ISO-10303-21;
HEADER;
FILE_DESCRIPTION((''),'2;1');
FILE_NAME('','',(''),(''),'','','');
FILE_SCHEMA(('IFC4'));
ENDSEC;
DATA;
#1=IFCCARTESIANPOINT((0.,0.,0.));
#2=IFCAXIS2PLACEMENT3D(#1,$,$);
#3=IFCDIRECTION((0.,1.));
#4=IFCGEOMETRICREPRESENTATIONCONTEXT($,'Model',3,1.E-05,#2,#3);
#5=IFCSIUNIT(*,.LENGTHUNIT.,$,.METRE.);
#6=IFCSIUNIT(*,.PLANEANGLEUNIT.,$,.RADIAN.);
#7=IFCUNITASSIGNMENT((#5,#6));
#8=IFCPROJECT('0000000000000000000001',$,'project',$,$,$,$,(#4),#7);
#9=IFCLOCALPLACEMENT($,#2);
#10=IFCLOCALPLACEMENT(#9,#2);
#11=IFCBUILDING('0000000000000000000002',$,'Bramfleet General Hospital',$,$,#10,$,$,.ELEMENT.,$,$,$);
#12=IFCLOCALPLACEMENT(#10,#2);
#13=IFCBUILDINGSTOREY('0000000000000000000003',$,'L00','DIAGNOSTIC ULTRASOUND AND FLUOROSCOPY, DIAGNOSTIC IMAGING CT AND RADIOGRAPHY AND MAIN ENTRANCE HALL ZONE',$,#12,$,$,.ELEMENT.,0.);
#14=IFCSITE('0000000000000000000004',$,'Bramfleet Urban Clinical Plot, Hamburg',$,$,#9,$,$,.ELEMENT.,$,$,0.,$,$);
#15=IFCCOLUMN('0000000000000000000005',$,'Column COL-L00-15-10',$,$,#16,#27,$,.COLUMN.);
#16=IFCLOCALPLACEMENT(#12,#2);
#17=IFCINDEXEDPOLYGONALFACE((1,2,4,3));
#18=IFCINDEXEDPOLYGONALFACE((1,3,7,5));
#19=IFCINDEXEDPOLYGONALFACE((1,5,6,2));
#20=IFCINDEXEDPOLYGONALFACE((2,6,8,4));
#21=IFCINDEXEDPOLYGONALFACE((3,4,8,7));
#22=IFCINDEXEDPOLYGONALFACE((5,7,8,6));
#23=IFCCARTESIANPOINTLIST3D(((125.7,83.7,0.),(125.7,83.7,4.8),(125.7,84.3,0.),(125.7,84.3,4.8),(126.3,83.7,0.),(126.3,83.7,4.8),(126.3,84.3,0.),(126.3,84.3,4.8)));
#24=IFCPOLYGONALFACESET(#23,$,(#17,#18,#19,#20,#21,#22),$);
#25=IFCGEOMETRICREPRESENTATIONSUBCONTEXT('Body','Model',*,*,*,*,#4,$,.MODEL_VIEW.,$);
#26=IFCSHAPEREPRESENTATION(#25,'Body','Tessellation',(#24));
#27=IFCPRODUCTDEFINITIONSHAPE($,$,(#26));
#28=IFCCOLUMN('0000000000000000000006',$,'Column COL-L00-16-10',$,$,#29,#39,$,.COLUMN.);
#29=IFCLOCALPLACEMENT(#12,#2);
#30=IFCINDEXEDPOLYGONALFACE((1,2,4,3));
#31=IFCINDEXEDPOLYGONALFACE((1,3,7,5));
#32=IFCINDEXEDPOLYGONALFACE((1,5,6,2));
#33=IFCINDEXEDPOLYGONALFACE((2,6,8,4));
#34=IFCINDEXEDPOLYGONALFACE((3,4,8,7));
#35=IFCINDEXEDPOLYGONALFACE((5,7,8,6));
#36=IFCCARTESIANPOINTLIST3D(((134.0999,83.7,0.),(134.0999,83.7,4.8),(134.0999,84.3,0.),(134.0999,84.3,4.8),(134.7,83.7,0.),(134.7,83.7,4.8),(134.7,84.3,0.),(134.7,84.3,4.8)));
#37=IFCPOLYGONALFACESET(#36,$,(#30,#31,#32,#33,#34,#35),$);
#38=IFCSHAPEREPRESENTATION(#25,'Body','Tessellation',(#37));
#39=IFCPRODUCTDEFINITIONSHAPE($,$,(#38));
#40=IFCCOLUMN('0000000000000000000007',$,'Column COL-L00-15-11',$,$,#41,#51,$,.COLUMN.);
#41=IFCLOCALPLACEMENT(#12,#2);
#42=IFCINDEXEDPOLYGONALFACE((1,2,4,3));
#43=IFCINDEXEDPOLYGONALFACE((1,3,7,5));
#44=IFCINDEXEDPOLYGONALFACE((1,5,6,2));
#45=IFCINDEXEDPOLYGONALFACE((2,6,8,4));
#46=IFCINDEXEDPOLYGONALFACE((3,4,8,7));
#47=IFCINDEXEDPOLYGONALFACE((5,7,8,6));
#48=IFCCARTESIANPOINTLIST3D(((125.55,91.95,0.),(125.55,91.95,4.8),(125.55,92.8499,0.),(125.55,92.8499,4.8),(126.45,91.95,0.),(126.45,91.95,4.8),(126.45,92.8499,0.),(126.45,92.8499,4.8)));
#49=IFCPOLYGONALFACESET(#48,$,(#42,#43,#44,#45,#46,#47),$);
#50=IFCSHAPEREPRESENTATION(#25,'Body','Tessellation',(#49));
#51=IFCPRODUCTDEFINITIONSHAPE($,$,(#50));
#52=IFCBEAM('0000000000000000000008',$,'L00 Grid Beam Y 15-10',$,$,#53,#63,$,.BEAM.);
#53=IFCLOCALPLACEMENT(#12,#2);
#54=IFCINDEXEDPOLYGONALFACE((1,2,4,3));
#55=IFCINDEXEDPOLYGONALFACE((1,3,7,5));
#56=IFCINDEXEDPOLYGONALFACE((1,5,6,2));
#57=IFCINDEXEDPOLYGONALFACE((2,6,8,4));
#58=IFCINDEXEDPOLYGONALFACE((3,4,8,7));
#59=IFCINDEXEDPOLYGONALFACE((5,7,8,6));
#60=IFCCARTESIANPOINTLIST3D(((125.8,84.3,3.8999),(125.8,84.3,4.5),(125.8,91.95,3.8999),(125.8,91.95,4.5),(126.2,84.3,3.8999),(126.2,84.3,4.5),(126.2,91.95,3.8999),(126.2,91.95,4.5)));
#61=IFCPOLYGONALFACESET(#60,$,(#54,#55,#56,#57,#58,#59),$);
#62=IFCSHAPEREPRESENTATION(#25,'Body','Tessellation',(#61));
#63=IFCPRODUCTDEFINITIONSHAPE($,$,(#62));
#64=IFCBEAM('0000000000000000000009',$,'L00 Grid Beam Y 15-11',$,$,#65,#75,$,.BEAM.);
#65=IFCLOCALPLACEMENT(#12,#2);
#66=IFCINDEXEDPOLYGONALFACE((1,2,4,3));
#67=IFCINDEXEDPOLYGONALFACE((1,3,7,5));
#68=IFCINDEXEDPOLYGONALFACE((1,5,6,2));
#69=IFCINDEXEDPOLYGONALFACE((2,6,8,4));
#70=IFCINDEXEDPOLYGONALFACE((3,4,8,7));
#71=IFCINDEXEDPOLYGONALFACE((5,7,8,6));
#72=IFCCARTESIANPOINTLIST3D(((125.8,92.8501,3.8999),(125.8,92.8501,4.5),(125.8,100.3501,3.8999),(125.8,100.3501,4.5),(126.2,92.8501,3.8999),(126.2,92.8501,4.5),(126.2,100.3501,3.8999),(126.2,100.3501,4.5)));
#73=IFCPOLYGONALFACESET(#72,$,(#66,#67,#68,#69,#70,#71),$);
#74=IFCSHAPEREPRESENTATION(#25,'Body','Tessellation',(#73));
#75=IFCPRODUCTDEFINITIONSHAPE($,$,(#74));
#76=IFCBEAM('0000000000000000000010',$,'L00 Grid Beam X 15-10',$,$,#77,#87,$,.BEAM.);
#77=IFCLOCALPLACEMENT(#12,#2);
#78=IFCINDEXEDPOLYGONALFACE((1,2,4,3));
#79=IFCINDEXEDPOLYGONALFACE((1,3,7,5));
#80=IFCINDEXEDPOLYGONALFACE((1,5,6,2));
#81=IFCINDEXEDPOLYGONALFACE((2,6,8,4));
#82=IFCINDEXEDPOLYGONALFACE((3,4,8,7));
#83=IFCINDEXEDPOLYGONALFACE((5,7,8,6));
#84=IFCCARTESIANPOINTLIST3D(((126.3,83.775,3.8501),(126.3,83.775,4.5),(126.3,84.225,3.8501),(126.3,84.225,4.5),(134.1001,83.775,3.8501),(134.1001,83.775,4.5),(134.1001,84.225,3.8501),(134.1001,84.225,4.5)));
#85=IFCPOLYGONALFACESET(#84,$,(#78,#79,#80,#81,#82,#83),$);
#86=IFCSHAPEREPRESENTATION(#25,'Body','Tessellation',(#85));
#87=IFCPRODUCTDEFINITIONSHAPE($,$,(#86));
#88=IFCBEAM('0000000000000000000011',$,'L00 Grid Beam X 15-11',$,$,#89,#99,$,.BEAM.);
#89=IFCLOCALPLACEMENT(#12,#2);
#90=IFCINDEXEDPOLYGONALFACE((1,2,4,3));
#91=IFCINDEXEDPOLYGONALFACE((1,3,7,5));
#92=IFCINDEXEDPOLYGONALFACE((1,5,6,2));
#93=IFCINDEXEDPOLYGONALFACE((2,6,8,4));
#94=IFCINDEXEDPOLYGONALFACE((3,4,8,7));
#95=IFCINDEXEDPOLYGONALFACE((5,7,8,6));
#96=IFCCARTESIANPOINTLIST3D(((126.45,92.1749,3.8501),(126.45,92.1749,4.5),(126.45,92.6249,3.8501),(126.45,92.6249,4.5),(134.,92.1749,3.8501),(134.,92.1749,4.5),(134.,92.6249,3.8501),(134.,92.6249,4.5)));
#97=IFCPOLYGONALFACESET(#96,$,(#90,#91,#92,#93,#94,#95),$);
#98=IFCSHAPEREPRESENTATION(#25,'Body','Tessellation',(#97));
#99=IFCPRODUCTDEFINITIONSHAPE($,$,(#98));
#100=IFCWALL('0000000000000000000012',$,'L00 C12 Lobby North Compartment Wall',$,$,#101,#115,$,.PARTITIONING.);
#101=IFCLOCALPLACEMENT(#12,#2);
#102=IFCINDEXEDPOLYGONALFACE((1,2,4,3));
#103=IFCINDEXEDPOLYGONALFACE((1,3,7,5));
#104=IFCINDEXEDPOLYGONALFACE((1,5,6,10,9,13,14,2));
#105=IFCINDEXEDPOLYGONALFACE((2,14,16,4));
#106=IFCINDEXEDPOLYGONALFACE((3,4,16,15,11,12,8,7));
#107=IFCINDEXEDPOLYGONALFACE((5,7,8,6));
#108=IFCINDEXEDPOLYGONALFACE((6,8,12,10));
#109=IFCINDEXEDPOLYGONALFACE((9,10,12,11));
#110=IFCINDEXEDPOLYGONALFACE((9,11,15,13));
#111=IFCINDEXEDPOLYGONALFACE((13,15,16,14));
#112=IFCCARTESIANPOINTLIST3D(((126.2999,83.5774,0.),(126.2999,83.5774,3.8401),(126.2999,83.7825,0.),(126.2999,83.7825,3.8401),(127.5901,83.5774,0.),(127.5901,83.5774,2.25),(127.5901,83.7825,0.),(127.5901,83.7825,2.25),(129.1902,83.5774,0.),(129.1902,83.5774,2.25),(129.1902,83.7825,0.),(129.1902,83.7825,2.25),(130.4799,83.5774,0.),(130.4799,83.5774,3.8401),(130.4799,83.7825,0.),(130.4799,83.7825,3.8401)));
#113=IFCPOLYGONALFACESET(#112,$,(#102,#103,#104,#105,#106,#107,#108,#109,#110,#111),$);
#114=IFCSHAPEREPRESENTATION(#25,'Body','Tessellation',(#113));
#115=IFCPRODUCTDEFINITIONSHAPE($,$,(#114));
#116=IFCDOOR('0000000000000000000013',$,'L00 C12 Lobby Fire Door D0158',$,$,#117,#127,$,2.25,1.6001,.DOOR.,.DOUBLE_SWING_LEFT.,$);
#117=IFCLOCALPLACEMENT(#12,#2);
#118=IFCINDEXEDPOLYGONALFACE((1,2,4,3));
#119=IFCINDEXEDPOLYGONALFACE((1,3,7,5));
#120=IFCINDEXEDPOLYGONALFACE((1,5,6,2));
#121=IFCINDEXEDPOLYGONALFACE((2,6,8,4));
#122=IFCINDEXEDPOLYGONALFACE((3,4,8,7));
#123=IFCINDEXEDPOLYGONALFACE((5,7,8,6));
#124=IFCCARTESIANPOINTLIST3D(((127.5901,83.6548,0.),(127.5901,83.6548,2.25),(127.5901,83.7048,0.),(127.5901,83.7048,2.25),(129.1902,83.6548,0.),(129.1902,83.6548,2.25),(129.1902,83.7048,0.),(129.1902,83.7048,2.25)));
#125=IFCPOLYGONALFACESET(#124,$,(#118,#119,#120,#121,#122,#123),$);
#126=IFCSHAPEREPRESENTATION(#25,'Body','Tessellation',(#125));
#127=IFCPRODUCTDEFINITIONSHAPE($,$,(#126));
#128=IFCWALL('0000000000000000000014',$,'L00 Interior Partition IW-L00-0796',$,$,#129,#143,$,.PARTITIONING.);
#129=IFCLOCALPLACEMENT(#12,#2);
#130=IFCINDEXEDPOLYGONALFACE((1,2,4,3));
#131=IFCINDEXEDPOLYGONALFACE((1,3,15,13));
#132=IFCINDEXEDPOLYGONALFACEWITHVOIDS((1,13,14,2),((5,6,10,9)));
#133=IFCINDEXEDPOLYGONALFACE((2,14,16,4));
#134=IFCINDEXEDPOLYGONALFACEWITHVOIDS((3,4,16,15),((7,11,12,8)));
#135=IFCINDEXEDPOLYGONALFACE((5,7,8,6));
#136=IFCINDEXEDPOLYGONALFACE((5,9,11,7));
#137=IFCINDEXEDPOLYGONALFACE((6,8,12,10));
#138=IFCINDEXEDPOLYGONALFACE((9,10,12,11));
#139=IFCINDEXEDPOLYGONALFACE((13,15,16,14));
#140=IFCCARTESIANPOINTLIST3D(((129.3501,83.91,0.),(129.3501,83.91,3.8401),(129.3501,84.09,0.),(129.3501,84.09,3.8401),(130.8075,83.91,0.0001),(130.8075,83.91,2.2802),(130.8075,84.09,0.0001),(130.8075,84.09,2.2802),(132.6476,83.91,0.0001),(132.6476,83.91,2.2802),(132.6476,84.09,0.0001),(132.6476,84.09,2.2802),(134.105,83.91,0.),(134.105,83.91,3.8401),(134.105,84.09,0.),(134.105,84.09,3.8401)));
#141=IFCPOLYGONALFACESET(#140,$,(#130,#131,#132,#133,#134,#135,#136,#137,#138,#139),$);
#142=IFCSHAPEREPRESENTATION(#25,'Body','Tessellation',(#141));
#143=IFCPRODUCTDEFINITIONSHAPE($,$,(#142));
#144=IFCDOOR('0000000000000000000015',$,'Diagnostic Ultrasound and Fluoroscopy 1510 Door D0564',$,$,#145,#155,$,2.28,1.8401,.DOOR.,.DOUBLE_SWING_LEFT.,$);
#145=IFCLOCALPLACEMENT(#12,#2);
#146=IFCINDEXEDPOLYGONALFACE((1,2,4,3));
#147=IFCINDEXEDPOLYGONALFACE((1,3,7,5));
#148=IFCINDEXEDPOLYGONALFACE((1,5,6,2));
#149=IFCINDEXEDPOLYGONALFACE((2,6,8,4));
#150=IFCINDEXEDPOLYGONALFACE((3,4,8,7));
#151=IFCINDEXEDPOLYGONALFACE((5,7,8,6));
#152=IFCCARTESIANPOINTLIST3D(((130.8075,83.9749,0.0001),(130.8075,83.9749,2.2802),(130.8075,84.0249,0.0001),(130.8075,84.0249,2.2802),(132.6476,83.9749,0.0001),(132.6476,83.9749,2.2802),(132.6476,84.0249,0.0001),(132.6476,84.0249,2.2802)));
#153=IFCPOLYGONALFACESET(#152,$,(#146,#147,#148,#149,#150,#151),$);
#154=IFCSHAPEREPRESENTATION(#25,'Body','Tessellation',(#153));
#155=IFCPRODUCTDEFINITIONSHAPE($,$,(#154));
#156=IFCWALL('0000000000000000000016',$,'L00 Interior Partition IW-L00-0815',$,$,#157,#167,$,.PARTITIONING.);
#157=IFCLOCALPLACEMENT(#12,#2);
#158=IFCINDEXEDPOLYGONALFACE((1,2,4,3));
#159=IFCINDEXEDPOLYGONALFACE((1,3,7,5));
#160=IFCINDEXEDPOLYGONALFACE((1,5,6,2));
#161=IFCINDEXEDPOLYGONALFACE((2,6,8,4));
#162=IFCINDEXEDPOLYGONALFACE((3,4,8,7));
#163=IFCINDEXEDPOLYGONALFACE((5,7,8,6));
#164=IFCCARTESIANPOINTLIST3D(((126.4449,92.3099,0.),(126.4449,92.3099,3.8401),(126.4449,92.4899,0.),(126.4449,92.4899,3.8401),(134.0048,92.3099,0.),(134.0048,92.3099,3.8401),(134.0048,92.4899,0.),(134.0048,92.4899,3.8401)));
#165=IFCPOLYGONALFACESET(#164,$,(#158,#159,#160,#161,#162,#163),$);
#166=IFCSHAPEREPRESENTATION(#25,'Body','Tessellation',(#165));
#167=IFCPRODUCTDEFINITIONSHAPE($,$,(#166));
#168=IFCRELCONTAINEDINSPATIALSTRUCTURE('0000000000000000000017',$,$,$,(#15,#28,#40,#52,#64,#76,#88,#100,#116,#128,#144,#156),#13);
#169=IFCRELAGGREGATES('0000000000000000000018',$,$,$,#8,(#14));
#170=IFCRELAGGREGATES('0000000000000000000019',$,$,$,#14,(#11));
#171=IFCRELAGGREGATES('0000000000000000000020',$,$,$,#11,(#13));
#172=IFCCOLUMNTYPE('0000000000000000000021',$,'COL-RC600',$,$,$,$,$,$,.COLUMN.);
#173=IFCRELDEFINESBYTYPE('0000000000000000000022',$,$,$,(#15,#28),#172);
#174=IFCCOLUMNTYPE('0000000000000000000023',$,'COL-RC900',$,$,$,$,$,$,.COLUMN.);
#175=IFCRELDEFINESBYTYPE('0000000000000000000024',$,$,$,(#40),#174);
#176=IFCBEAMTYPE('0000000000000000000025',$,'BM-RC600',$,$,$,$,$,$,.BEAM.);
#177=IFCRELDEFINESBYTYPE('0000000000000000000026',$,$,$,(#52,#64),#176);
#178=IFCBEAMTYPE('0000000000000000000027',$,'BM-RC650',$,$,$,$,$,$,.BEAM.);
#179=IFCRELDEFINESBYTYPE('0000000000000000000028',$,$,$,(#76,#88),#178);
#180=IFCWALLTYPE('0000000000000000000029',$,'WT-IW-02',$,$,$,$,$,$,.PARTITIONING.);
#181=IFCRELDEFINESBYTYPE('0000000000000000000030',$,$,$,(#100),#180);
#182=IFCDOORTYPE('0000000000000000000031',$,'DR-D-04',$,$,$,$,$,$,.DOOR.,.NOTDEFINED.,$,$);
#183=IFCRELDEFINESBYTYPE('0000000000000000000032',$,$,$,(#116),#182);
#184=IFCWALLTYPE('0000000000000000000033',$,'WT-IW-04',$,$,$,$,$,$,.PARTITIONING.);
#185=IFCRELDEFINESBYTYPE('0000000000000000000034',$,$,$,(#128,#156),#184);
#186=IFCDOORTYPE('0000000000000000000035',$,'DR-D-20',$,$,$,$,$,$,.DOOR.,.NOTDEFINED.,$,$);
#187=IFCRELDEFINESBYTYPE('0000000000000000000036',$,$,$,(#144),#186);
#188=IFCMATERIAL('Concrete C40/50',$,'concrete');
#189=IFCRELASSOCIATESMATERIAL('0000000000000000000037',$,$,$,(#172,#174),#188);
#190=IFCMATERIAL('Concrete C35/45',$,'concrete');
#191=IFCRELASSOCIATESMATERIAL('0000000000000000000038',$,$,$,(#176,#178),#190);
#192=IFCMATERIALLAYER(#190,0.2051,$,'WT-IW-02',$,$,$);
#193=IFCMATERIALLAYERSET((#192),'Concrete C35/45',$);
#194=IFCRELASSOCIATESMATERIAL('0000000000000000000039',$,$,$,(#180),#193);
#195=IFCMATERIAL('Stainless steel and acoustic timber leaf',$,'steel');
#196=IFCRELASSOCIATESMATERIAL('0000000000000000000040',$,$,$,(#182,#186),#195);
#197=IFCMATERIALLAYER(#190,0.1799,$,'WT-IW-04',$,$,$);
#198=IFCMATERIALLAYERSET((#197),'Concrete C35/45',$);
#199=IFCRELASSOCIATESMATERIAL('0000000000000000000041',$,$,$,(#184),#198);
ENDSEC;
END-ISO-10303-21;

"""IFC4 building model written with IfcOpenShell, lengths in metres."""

from ifc_helpers import new_model, si_unit, direction, frame, frame_2d, origin, origin_2d, place, context, subcontext, project, spatial, rectangle, extrude, material, layer, layer_set, material_profile, profile_set, type_object, element, fill, save


model = new_model("IFC4")

# Units and contexts
model_context = context("Model", 3, precision=1e-05, world=origin(), true_north=direction((0.0, 1.0)))
body_context = subcontext(model_context, "Body", "Model", "MODEL_VIEW")
ifc_project = project(units=[si_unit("LENGTHUNIT", "METRE"), si_unit("PLANEANGLEUNIT", "RADIAN")], contexts=[model_context])

# Site, building, storey
site_placement = place(None, origin())
site = spatial("IfcSite", under=ifc_project, at=site_placement, Name="Bramfleet Urban Clinical Plot, Hamburg", CompositionType="ELEMENT", RefElevation=0.0)
building_placement = place(site_placement, origin())
building = spatial("IfcBuilding", under=site, at=building_placement, Name="Bramfleet General Hospital", CompositionType="ELEMENT")
storey_placement = place(building_placement, origin())
storey = spatial("IfcBuildingStorey", under=building, at=storey_placement, Name="L00", Description="DIAGNOSTIC ULTRASOUND AND FLUOROSCOPY, DIAGNOSTIC IMAGING CT AND RADIOGRAPHY AND MAIN ENTRANCE HALL ZONE", CompositionType="ELEMENT", Elevation=0.0)

# Columns
ifc_material_1 = material(Name="Concrete C40/50", Category="concrete")
ifc_material_profile_1 = material_profile(ifc_material_1, rectangle(XDim=0.6001, YDim=0.6001, at=origin_2d()), Name="RC COL 600x600")
ifc_profile_set_1 = profile_set([ifc_material_profile_1], Name="Concrete C40/50")
column_type_1 = type_object("IfcColumnType", Name="COL-RC600", PredefinedType="COLUMN", material=ifc_profile_set_1)
for number, where, z_axis, x_axis, name in (
    (1, (126.0, 84.0, 0.0), (0.0, 0.0, 1.0), (1.0, 0.0, 0.0), "Column COL-L00-15-10"),
    (2, (134.3999, 84.0, 0.0), (0.0, 0.0, 1.0), (1.0, 0.0, 0.0), "Column COL-L00-16-10"),
):
    element("IfcColumn", number, at=place(storey_placement, frame(where, z_axis=z_axis, x_axis=x_axis)), inside=storey, type_object=column_type_1, Name=name, PredefinedType="COLUMN", context=body_context, shape_type="SweptSolid", body=[
        extrude(rectangle(XDim=0.6001, YDim=0.6001, at=origin_2d()), origin(), (0.0, 0.0, 1.0), 4.8),
    ])
ifc_material_profile_2 = material_profile(ifc_material_1, rectangle(XDim=0.8999, YDim=0.8999, at=origin_2d()), Name="RC COL 900x900")
ifc_profile_set_2 = profile_set([ifc_material_profile_2], Name="Concrete C40/50")
column_type_2 = type_object("IfcColumnType", Name="COL-RC900", PredefinedType="COLUMN", material=ifc_profile_set_2)
column_placement = place(storey_placement, frame((126.0, 92.3999, 0.0), z_axis=(0.0, 0.0, 1.0), x_axis=(1.0, 0.0, 0.0)))
element("IfcColumn", 3, at=column_placement, inside=storey, type_object=column_type_2, Name="Column COL-L00-15-11", PredefinedType="COLUMN", context=body_context, shape_type="SweptSolid", body=[
    extrude(rectangle(XDim=0.8999, YDim=0.8999, at=origin_2d()), origin(), (0.0, 0.0, 1.0), 4.8),
])

# Beams
ifc_material_2 = material(Name="Concrete C35/45", Category="concrete")
ifc_material_profile_3 = material_profile(ifc_material_2, rectangle(XDim=0.3999, YDim=0.6001, at=origin_2d()), Name="RC BM 600x400")
ifc_profile_set_3 = profile_set([ifc_material_profile_3], Name="Concrete C35/45")
beam_type_1 = type_object("IfcBeamType", Name="BM-RC600", PredefinedType="BEAM", material=ifc_profile_set_3)
beam_1_placement = place(storey_placement, frame((126.0, 84.3, 4.2), z_axis=(0.0, 1.0, 0.0), x_axis=(-1.0, 0.0, 0.0)))
element("IfcBeam", 4, at=beam_1_placement, inside=storey, type_object=beam_type_1, Name="L00 Grid Beam Y 15-10", PredefinedType="BEAM", context=body_context, shape_type="SweptSolid", body=[
    extrude(rectangle(XDim=0.3999, YDim=0.6001, at=origin_2d()), origin(), (0.0, 0.0, 1.0), 7.6499),
])
beam_2_placement = place(storey_placement, frame((126.0, 92.8501, 4.2), z_axis=(0.0, 1.0, 0.0), x_axis=(-1.0, 0.0, 0.0)))
element("IfcBeam", 5, at=beam_2_placement, inside=storey, type_object=beam_type_1, Name="L00 Grid Beam Y 15-11", PredefinedType="BEAM", context=body_context, shape_type="SweptSolid", body=[
    extrude(rectangle(XDim=0.3999, YDim=0.6001, at=origin_2d()), origin(), (0.0, 0.0, 1.0), 7.5),
])
ifc_material_profile_4 = material_profile(ifc_material_2, rectangle(XDim=0.45, YDim=0.6499, at=origin_2d()), Name="RC BM 650x450")
ifc_profile_set_4 = profile_set([ifc_material_profile_4], Name="Concrete C35/45")
beam_type_2 = type_object("IfcBeamType", Name="BM-RC650", PredefinedType="BEAM", material=ifc_profile_set_4)
beam_3_placement = place(storey_placement, frame((126.3, 84.0, 4.175), z_axis=(1.0, 0.0, 0.0), x_axis=(0.0, 1.0, 0.0)))
element("IfcBeam", 6, at=beam_3_placement, inside=storey, type_object=beam_type_2, Name="L00 Grid Beam X 15-10", PredefinedType="BEAM", context=body_context, shape_type="SweptSolid", body=[
    extrude(rectangle(XDim=0.45, YDim=0.6499, at=origin_2d()), origin(), (0.0, 0.0, 1.0), 7.8),
])
beam_4_placement = place(storey_placement, frame((126.45, 92.3999, 4.175), z_axis=(1.0, 0.0, 0.0), x_axis=(0.0, 1.0, 0.0)))
element("IfcBeam", 7, at=beam_4_placement, inside=storey, type_object=beam_type_2, Name="L00 Grid Beam X 15-11", PredefinedType="BEAM", context=body_context, shape_type="SweptSolid", body=[
    extrude(rectangle(XDim=0.45, YDim=0.6499, at=origin_2d()), origin(), (0.0, 0.0, 1.0), 7.55),
])

# Walls, openings, doors
ifc_layer_1 = layer(ifc_material_2, 0.2051, Name="WT-IW-02")
ifc_layer_set_1 = layer_set([ifc_layer_1], Name="Concrete C35/45")
wall_type_1 = type_object("IfcWallType", Name="WT-IW-02", PredefinedType="PARTITIONING", material=ifc_layer_set_1)
wall_1_placement = place(storey_placement, frame((126.3, 83.6799, 0.0), z_axis=(0.0, 0.0, 1.0), x_axis=(1.0, 0.0, 0.0)))
wall_1 = element("IfcWall", 8, at=wall_1_placement, inside=storey, type_object=wall_type_1, Name="L00 C12 Lobby North Compartment Wall", PredefinedType="PARTITIONING", context=body_context, shape_type="SweptSolid", body=[
    extrude(rectangle(XDim=4.1799, YDim=0.2051, at=frame_2d((2.0898, 0.0))), origin(), (0.0, 0.0, 1.0), 3.8401),
])
opening_1_placement = place(wall_1_placement, frame((1.29, 0.0, 0.0)))
opening_1 = element("IfcOpeningElement", 9, at=opening_1_placement, cuts=wall_1, PredefinedType="OPENING", context=body_context, shape_type="SweptSolid", body=[
    extrude(rectangle(XDim=1.6001, YDim=2.25, at=frame_2d((0.8, 1.125))), frame((0.0, 0.1125, 0.0), z_axis=(0.0, -1.0, 0.0), x_axis=(1.0, 0.0, 0.0)), (0.0, 0.0, 1.0), 0.2251),
])
ifc_material_3 = material(Name="Stainless steel and acoustic timber leaf", Category="steel")
door_type_1 = type_object("IfcDoorType", Name="DR-D-04", OperationType="NOTDEFINED", PredefinedType="DOOR", material=ifc_material_3)
door_1_placement = place(opening_1_placement, origin())
door_1 = element("IfcDoor", 10, at=door_1_placement, inside=storey, type_object=door_type_1, Name="L00 C12 Lobby Fire Door D0158", OperationType="DOUBLE_SWING_LEFT", OverallHeight=2.25, OverallWidth=1.6001, PredefinedType="DOOR", context=body_context, shape_type="SweptSolid", body=[
    extrude(rectangle(XDim=1.6001, YDim=2.25, at=frame_2d((0.8, 1.125))), frame((0.0, 0.0249, 0.0), z_axis=(0.0, -1.0, 0.0), x_axis=(1.0, 0.0, 0.0)), (0.0, 0.0, 1.0), 0.05),
])
fill(opening_1, door_1)
ifc_layer_2 = layer(ifc_material_2, 0.1799, Name="WT-IW-04")
ifc_layer_set_2 = layer_set([ifc_layer_2], Name="Concrete C35/45")
wall_type_2 = type_object("IfcWallType", Name="WT-IW-04", PredefinedType="PARTITIONING", material=ifc_layer_set_2)
wall_2_placement = place(storey_placement, frame((129.3501, 84.0, 0.0), z_axis=(0.0, 0.0, 1.0), x_axis=(1.0, 0.0, 0.0)))
wall_2 = element("IfcWall", 11, at=wall_2_placement, inside=storey, type_object=wall_type_2, Name="L00 Interior Partition IW-L00-0796", PredefinedType="PARTITIONING", context=body_context, shape_type="SweptSolid", body=[
    extrude(rectangle(XDim=4.7549, YDim=0.1799, at=frame_2d((2.3774, 0.0))), origin(), (0.0, 0.0, 1.0), 3.8401),
])
opening_2_placement = place(wall_2_placement, frame((1.4575, 0.0, 0.0)))
opening_2 = element("IfcOpeningElement", 12, at=opening_2_placement, cuts=wall_2, PredefinedType="OPENING", context=body_context, shape_type="SweptSolid", body=[
    extrude(rectangle(XDim=1.8401, YDim=2.28, at=frame_2d((0.9199, 1.1401))), frame((0.0, 0.0999, 0.0), z_axis=(0.0, -1.0, 0.0), x_axis=(1.0, 0.0, 0.0)), (0.0, 0.0, 1.0), 0.2),
])
door_type_2 = type_object("IfcDoorType", Name="DR-D-20", OperationType="NOTDEFINED", PredefinedType="DOOR", material=ifc_material_3)
door_2_placement = place(opening_2_placement, origin())
door_2 = element("IfcDoor", 13, at=door_2_placement, inside=storey, type_object=door_type_2, Name="Diagnostic Ultrasound and Fluoroscopy 1510 Door D0564", OperationType="DOUBLE_SWING_LEFT", OverallHeight=2.28, OverallWidth=1.8401, PredefinedType="DOOR", context=body_context, shape_type="SweptSolid", body=[
    extrude(rectangle(XDim=1.8401, YDim=2.28, at=frame_2d((0.9199, 1.1401))), frame((0.0, 0.0249, 0.0), z_axis=(0.0, -1.0, 0.0), x_axis=(1.0, 0.0, 0.0)), (0.0, 0.0, 1.0), 0.05),
])
fill(opening_2, door_2)

# Wall
wall_3_placement = place(storey_placement, frame((126.4451, 92.3999, 0.0), z_axis=(0.0, 0.0, 1.0), x_axis=(1.0, 0.0, 0.0)))
element("IfcWall", 14, at=wall_3_placement, inside=storey, type_object=wall_type_2, Name="L00 Interior Partition IW-L00-0815", PredefinedType="PARTITIONING", context=body_context, shape_type="SweptSolid", body=[
    extrude(rectangle(XDim=7.5598, YDim=0.1799, at=frame_2d((3.7798, 0.0))), origin(), (0.0, 0.0, 1.0), 3.8401),
])

save(model, "model.ifc")
